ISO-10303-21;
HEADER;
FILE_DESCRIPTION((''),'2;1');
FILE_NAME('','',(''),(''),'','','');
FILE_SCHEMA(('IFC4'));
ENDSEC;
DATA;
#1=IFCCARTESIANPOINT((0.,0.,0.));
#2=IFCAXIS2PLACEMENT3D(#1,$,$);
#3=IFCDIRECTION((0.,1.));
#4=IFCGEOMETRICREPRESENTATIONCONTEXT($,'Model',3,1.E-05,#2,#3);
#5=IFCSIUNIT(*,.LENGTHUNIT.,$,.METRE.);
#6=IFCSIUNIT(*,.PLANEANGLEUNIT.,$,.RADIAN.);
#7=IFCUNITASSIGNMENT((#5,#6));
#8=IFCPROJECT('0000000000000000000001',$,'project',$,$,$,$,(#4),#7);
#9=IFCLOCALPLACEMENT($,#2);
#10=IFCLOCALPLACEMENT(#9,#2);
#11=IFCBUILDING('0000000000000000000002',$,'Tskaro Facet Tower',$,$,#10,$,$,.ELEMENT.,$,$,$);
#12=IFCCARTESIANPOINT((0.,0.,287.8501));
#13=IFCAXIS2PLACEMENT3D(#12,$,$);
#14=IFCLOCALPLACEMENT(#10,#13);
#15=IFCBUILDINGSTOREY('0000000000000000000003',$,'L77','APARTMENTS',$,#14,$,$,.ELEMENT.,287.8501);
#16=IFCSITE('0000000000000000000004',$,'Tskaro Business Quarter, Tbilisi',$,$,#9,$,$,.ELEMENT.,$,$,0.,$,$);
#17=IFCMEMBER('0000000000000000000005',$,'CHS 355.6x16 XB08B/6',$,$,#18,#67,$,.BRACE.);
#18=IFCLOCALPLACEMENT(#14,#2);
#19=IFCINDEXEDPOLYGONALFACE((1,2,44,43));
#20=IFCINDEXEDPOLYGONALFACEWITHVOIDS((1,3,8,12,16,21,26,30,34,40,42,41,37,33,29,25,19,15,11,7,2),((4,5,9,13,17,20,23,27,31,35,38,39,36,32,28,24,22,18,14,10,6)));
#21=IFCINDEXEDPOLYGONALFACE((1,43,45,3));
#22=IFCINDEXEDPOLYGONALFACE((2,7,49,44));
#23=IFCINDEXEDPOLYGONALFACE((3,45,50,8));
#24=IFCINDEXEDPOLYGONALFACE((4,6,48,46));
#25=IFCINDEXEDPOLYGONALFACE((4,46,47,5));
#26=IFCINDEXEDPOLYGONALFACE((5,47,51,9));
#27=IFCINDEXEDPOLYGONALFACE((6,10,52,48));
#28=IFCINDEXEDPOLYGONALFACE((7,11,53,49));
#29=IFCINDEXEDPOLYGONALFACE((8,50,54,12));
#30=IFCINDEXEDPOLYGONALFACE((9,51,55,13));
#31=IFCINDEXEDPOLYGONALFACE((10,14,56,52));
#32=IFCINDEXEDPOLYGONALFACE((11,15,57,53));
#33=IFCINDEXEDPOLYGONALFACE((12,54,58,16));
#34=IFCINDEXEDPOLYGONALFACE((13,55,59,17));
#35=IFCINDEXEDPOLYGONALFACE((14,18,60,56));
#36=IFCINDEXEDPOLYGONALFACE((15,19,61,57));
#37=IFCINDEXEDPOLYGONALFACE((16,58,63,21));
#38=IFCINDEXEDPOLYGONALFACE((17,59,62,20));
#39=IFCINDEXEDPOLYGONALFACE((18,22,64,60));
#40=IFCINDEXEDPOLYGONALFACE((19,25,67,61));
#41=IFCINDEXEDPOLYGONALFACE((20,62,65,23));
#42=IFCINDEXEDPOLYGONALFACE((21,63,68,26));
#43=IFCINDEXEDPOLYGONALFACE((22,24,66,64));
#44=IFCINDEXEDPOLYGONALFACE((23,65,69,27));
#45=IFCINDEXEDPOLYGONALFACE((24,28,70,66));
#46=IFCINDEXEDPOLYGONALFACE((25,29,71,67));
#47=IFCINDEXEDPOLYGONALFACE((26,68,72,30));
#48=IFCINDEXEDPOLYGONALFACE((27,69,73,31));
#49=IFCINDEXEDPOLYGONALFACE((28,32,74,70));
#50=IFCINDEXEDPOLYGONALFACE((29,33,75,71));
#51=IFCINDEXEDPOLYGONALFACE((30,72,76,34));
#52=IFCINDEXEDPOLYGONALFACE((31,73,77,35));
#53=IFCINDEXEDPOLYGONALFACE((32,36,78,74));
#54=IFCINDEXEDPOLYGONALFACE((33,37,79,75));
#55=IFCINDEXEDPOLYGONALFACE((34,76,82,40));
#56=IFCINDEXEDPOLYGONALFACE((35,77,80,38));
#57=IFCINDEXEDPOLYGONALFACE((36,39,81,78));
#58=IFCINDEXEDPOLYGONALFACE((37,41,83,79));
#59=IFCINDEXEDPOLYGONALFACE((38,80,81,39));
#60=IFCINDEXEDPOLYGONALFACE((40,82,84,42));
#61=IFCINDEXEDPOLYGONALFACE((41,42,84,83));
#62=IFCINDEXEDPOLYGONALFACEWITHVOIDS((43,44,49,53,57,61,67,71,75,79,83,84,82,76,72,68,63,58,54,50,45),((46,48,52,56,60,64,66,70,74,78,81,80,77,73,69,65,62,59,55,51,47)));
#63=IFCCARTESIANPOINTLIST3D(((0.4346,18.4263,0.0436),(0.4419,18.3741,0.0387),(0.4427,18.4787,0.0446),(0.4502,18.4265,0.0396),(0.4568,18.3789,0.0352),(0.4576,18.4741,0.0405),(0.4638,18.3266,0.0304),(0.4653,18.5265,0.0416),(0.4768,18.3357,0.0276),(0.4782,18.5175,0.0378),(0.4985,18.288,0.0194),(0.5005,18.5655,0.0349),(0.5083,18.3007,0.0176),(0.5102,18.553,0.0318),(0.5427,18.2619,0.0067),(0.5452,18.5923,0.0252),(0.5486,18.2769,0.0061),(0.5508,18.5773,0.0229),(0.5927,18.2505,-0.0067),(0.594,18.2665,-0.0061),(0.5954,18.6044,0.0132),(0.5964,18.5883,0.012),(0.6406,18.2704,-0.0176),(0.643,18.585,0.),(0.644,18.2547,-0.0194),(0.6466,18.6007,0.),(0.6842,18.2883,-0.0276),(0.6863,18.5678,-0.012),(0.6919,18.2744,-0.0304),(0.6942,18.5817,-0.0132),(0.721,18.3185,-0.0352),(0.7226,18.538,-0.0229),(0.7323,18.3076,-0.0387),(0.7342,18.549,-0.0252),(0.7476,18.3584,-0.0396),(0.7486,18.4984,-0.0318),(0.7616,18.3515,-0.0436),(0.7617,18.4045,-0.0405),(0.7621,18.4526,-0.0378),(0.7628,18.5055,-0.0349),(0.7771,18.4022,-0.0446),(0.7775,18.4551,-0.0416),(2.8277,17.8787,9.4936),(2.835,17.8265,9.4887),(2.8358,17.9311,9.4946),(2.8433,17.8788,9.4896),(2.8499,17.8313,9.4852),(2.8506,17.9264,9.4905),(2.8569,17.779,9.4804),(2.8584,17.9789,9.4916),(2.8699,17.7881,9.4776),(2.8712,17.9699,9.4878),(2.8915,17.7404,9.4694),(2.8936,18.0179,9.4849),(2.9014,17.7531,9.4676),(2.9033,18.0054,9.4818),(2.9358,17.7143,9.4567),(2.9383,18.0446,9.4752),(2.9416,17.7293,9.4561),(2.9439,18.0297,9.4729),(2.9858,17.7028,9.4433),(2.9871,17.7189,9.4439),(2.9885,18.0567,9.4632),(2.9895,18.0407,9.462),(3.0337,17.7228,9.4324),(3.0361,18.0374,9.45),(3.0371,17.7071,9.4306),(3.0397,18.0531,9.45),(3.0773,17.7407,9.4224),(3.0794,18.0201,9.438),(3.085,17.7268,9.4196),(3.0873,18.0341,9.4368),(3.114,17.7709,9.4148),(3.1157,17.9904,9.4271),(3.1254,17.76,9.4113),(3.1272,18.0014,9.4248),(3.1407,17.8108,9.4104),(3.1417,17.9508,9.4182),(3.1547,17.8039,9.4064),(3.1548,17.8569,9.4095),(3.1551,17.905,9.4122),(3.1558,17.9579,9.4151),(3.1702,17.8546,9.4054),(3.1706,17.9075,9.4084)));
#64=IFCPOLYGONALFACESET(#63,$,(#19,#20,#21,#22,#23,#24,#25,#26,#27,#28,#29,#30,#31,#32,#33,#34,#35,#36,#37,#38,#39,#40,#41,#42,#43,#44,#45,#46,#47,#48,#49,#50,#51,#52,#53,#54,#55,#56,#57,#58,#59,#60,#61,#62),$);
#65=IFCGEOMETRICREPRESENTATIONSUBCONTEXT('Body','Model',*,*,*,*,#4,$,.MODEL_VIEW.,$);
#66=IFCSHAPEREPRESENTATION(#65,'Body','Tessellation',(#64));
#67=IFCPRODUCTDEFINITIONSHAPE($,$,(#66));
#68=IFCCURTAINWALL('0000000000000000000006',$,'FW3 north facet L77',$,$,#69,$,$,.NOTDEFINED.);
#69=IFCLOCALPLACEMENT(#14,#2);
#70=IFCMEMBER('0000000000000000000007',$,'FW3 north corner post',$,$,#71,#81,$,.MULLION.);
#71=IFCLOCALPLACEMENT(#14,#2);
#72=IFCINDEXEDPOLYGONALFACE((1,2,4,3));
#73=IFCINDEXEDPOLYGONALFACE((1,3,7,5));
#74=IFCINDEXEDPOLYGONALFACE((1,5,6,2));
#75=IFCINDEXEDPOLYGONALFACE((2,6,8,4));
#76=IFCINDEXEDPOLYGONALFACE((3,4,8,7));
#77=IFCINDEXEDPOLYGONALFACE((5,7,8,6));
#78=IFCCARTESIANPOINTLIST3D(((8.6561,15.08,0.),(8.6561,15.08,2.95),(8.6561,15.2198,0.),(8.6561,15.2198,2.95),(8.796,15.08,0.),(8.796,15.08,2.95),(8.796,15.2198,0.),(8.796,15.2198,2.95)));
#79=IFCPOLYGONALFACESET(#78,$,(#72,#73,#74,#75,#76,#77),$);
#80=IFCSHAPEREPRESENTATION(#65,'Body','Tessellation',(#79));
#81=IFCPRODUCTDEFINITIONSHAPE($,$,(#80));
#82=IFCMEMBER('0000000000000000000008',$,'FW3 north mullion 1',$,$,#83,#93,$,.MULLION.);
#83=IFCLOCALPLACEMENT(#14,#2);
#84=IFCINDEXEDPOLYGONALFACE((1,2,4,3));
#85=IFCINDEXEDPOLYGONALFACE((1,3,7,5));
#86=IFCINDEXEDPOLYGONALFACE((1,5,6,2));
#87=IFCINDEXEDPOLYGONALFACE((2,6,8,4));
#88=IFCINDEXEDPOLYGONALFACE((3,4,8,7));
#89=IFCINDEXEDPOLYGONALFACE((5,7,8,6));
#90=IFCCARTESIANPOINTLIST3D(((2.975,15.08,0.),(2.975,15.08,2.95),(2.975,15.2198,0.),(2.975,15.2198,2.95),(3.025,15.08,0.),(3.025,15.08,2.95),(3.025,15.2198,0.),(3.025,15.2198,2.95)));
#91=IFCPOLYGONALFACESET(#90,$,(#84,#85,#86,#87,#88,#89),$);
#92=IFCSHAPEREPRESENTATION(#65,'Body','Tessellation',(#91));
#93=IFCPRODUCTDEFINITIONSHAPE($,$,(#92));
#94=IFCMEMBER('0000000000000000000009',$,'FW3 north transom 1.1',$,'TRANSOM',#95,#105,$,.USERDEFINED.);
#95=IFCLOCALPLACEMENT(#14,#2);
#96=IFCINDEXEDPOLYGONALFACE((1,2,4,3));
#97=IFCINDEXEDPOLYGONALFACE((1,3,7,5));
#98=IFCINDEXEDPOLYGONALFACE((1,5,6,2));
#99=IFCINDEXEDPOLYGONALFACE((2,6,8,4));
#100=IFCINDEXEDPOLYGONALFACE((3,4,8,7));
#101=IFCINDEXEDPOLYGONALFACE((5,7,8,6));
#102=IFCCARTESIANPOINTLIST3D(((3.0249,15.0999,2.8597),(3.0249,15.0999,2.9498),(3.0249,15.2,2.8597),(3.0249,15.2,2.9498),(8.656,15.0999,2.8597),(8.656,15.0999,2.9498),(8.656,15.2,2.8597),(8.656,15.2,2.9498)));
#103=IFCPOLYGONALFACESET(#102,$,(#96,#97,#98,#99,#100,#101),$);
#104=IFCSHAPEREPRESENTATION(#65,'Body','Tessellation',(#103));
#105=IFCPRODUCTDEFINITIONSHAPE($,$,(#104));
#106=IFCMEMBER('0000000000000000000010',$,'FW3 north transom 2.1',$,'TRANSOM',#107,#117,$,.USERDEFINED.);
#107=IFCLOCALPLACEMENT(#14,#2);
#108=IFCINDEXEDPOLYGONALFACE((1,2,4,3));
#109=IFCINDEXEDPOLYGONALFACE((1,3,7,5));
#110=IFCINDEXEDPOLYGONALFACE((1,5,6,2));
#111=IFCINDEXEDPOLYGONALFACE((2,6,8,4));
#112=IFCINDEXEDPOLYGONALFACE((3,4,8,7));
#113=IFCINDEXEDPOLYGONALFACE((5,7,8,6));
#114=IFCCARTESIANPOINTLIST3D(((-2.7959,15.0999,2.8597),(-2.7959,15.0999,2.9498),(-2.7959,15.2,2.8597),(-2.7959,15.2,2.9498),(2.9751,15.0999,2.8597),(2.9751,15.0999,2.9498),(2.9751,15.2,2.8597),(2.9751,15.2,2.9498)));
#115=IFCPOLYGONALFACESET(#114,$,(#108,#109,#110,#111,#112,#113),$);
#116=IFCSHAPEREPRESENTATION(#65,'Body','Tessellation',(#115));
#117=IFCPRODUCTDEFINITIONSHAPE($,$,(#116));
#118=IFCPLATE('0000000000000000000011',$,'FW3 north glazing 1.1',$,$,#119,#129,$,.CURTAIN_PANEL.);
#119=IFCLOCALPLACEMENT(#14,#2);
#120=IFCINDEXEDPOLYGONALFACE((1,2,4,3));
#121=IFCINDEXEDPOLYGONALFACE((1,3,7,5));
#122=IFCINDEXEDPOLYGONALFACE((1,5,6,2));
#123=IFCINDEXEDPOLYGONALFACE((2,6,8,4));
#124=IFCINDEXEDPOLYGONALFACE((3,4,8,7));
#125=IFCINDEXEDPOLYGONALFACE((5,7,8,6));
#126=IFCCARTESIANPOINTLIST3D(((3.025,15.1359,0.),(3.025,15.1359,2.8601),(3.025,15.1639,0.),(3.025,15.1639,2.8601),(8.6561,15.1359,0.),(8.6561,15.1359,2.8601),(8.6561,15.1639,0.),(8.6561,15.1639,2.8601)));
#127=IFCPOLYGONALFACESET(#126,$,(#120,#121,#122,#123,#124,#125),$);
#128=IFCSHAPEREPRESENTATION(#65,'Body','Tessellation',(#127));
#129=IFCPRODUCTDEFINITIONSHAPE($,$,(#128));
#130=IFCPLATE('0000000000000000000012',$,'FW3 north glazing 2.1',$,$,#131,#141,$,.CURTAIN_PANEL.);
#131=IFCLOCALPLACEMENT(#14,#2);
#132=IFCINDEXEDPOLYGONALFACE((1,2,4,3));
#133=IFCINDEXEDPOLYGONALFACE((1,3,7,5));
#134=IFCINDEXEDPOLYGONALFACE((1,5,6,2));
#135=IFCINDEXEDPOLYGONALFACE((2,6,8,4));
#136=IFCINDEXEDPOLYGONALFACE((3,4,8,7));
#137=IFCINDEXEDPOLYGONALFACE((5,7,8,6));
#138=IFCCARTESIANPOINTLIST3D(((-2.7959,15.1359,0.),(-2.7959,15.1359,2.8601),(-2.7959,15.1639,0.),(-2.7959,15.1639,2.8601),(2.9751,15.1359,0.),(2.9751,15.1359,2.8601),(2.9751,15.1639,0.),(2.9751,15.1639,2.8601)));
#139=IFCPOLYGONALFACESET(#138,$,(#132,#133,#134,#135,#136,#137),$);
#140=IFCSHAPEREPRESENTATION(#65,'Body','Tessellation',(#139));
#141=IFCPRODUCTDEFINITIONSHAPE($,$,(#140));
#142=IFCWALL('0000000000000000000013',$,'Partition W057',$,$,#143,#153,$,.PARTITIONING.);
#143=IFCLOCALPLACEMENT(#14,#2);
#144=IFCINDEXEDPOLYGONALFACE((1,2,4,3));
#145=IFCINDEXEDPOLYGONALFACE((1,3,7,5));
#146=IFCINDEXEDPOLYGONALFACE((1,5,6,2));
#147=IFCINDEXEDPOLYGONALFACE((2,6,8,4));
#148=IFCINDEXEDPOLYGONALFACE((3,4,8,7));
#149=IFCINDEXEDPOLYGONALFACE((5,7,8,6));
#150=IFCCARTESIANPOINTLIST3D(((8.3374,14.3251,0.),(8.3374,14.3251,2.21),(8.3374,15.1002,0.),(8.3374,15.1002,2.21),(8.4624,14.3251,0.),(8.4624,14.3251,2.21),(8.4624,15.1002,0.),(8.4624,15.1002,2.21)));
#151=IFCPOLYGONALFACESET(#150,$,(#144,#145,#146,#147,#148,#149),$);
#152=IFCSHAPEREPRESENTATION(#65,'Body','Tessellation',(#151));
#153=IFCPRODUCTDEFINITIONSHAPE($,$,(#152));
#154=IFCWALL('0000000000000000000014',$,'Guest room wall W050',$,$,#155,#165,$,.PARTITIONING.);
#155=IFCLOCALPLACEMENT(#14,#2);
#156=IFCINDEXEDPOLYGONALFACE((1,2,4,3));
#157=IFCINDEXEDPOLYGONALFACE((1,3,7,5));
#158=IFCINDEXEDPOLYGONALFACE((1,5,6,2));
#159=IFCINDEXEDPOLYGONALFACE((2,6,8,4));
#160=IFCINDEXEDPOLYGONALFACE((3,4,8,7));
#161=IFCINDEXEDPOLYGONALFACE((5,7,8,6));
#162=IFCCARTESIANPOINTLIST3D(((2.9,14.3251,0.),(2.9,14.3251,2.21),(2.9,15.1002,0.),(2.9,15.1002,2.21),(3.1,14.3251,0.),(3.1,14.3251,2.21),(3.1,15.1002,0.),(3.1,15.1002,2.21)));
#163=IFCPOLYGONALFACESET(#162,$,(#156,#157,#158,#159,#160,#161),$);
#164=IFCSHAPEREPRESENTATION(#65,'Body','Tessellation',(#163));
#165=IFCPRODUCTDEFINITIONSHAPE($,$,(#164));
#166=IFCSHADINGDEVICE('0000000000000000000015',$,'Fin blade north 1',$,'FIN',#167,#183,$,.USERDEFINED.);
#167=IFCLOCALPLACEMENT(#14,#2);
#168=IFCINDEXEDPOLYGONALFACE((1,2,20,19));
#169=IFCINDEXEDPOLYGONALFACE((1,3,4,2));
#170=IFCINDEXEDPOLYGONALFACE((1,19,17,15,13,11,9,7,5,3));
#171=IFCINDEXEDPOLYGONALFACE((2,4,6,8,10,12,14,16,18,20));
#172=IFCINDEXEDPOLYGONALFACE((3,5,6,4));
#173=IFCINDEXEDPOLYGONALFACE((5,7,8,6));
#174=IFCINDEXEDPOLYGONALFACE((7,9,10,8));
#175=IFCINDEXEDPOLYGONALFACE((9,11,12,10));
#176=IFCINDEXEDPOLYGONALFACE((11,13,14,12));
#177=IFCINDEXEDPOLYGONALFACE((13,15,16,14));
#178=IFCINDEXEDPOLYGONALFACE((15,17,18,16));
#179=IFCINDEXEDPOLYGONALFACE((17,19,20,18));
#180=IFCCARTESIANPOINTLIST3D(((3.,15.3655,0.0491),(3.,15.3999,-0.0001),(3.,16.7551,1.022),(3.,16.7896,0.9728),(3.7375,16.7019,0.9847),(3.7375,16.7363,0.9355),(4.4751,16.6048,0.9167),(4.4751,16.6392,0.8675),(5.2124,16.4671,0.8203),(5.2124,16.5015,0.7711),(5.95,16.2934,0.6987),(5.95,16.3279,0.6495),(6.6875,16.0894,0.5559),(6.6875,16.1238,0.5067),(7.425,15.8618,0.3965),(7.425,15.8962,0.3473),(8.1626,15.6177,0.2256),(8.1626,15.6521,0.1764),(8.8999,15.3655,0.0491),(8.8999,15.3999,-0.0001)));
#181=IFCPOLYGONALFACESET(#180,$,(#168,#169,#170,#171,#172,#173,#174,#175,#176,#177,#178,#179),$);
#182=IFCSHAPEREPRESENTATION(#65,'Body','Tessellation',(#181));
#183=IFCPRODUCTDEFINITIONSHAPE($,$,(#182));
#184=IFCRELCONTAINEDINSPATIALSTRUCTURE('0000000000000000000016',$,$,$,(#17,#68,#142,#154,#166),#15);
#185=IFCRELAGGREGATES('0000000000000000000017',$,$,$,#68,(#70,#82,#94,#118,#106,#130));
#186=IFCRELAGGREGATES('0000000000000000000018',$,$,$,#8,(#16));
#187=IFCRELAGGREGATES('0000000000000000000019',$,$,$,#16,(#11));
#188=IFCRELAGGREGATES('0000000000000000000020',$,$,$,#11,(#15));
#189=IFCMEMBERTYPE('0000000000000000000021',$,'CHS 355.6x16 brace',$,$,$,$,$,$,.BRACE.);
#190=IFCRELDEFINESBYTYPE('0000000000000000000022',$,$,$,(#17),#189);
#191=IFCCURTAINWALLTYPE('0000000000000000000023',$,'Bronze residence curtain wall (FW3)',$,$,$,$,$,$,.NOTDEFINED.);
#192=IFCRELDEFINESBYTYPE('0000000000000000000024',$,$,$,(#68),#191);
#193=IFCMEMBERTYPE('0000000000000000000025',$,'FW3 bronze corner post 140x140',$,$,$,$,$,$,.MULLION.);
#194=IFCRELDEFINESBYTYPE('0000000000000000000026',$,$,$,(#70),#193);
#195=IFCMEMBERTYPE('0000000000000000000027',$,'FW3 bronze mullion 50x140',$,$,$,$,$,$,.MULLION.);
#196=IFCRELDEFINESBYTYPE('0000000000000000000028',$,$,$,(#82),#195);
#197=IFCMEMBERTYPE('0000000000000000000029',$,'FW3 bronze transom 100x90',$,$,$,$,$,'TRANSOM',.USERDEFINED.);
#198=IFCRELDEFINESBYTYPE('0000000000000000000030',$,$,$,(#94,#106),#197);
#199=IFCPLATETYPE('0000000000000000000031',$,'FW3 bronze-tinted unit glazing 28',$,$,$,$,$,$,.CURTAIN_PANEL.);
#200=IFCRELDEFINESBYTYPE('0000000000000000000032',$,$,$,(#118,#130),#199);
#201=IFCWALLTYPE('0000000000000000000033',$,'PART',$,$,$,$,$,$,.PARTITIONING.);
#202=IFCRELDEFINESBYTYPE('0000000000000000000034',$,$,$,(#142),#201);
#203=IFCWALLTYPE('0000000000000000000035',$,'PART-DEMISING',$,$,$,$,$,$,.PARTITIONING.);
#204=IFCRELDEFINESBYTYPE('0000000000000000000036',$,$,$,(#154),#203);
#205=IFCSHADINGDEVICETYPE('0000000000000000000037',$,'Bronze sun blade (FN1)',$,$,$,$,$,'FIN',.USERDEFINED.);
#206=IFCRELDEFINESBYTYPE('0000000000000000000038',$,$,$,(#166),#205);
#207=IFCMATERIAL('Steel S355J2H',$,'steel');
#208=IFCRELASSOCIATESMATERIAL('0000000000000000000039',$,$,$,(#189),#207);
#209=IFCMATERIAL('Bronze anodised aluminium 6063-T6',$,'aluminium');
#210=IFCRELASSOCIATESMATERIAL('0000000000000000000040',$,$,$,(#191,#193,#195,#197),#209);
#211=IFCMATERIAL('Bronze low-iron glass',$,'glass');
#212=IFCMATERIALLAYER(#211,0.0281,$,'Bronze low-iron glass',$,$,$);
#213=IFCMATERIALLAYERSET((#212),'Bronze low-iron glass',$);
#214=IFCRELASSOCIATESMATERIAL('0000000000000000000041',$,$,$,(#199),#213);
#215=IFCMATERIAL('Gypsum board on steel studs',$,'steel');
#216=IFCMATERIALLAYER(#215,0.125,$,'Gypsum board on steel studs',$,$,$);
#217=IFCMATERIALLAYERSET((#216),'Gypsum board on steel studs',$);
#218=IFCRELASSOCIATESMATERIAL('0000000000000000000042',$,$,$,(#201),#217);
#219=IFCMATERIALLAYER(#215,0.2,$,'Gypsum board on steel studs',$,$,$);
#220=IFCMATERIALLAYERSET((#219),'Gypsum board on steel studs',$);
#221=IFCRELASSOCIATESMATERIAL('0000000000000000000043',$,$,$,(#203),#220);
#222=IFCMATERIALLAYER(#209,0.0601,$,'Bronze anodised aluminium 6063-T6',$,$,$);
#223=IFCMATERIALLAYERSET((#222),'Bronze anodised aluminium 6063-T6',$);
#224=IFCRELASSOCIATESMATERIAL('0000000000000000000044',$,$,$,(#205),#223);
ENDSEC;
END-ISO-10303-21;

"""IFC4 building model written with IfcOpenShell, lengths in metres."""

from ifc_helpers import new_model, si_unit, direction, frame, frame_2d, origin, origin_2d, place, context, subcontext, project, spatial, polyline, rectangle, hollow_circle, outline, extrude, material, layer, layer_set, material_profile, profile_set, type_object, element, aggregate, save


model = new_model("IFC4")

# Units and contexts
model_context = context("Model", 3, precision=1e-05, world=origin(), true_north=direction((0.0, 1.0)))
body_context = subcontext(model_context, "Body", "Model", "MODEL_VIEW")
ifc_project = project(units=[si_unit("LENGTHUNIT", "METRE"), si_unit("PLANEANGLEUNIT", "RADIAN")], contexts=[model_context])

# Site, building, storey
site_placement = place(None, origin())
site = spatial("IfcSite", under=ifc_project, at=site_placement, Name="Tskaro Business Quarter, Tbilisi", CompositionType="ELEMENT", RefElevation=0.0)
building_placement = place(site_placement, origin())
building = spatial("IfcBuilding", under=site, at=building_placement, Name="Tskaro Facet Tower", CompositionType="ELEMENT")
storey_placement = place(building_placement, frame((0.0, 0.0, 287.8501)))
storey = spatial("IfcBuildingStorey", under=building, at=storey_placement, Name="L77", Description="APARTMENTS", CompositionType="ELEMENT", Elevation=287.8501)

# Shared definitions
ifc_material_1 = material(Name="Steel S355J2H", Category="steel")

# Member
ifc_material_profile_1 = material_profile(ifc_material_1, hollow_circle(Radius=0.1777, WallThickness=0.0161, at=origin_2d()), Name="CHS 355.6x16")
ifc_profile_set_1 = profile_set([ifc_material_profile_1], Name="Steel S355J2H")
member_type_1 = type_object("IfcMemberType", Name="CHS 355.6x16 brace", PredefinedType="BRACE", material=ifc_profile_set_1)
member_1_placement = place(storey_placement, frame((0.6069, 18.4275, 0.0), z_axis=(0.2451, -0.056087, 0.967874), x_axis=(0.223065, 0.974804, 0.0)))
element("IfcMember", 1, at=member_1_placement, inside=storey, type_object=member_type_1, Name="CHS 355.6x16 XB08B/6", PredefinedType="BRACE", context=body_context, shape_type="SweptSolid", body=[
    extrude(hollow_circle(Radius=0.1777, WallThickness=0.0161, at=origin_2d()), origin(), (0.0, 0.0, 1.0), 9.7637),
])

# Curtain wall, members, plates
ifc_material_2 = material(Name="Bronze anodised aluminium 6063-T6", Category="aluminium")
curtain_wall_type = type_object("IfcCurtainWallType", Name="Bronze residence curtain wall (FW3)", PredefinedType="NOTDEFINED", material=ifc_material_2)
curtain_wall_placement = place(storey_placement, origin())
curtain_wall = element("IfcCurtainWall", 2, at=curtain_wall_placement, inside=storey, type_object=curtain_wall_type, Name="FW3 north facet L77", PredefinedType="NOTDEFINED")
ifc_material_profile_2 = material_profile(ifc_material_2, rectangle(XDim=0.1399, YDim=0.1399, at=origin_2d()), Name="Corner post 140x140")
ifc_profile_set_2 = profile_set([ifc_material_profile_2], Name="Bronze anodised aluminium 6063-T6")
member_type_2 = type_object("IfcMemberType", Name="FW3 bronze corner post 140x140", PredefinedType="MULLION", material=ifc_profile_set_2)
member_2_placement = place(storey_placement, frame((8.7261, 15.1499, 0.0), z_axis=(0.0, 0.0, 1.0), x_axis=(-1.0, 0.0, 0.0)))
member_2 = element("IfcMember", 3, at=member_2_placement, type_object=member_type_2, Name="FW3 north corner post", PredefinedType="MULLION", context=body_context, shape_type="SweptSolid", body=[
    extrude(rectangle(XDim=0.1399, YDim=0.1399, at=origin_2d()), origin(), (0.0, 0.0, 1.0), 2.95),
])
ifc_material_profile_3 = material_profile(ifc_material_2, rectangle(XDim=0.05, YDim=0.1399, at=origin_2d()), Name="Mullion 50x140")
ifc_profile_set_3 = profile_set([ifc_material_profile_3], Name="Bronze anodised aluminium 6063-T6")
member_type_3 = type_object("IfcMemberType", Name="FW3 bronze mullion 50x140", PredefinedType="MULLION", material=ifc_profile_set_3)
member_3_placement = place(storey_placement, frame((3.0, 15.1499, 0.0), z_axis=(0.0, 0.0, 1.0), x_axis=(-1.0, 0.0, 0.0)))
member_3 = element("IfcMember", 4, at=member_3_placement, type_object=member_type_3, Name="FW3 north mullion 1", PredefinedType="MULLION", context=body_context, shape_type="SweptSolid", body=[
    extrude(rectangle(XDim=0.05, YDim=0.1399, at=origin_2d()), origin(), (0.0, 0.0, 1.0), 2.95),
])
ifc_material_profile_4 = material_profile(ifc_material_2, rectangle(XDim=0.1001, YDim=0.0901, at=origin_2d()), Name="Transom 100x90")
ifc_profile_set_4 = profile_set([ifc_material_profile_4], Name="Bronze anodised aluminium 6063-T6")
member_type_4 = type_object("IfcMemberType", Name="FW3 bronze transom 100x90", ElementType="TRANSOM", PredefinedType="USERDEFINED", material=ifc_profile_set_4)
member_4_placement = place(storey_placement, frame((8.656, 15.1499, 2.9048), z_axis=(-1.0, 0.0, 0.0), x_axis=(0.0, -1.0, 0.0)))
member_4 = element("IfcMember", 5, at=member_4_placement, type_object=member_type_4, Name="FW3 north transom 1.1", ObjectType="TRANSOM", PredefinedType="USERDEFINED", context=body_context, shape_type="SweptSolid", body=[
    extrude(rectangle(XDim=0.1001, YDim=0.0901, at=origin_2d()), origin(), (0.0, 0.0, 1.0), 5.6311),
])
member_5_placement = place(storey_placement, frame((2.9751, 15.1499, 2.9048), z_axis=(-1.0, 0.0, 0.0), x_axis=(0.0, -1.0, 0.0)))
member_5 = element("IfcMember", 6, at=member_5_placement, type_object=member_type_4, Name="FW3 north transom 2.1", ObjectType="TRANSOM", PredefinedType="USERDEFINED", context=body_context, shape_type="SweptSolid", body=[
    extrude(rectangle(XDim=0.1001, YDim=0.0901, at=origin_2d()), origin(), (0.0, 0.0, 1.0), 5.771),
])
ifc_material_3 = material(Name="Bronze low-iron glass", Category="glass")
ifc_layer_1 = layer(ifc_material_3, 0.0281, Name="Bronze low-iron glass")
ifc_layer_set_1 = layer_set([ifc_layer_1], Name="Bronze low-iron glass")
plate_type = type_object("IfcPlateType", Name="FW3 bronze-tinted unit glazing 28", PredefinedType="CURTAIN_PANEL", material=ifc_layer_set_1)
plate_1_placement = place(storey_placement, frame((5.8406, 15.1499, 0.0), z_axis=(0.0, 0.0, 1.0), x_axis=(-1.0, 0.0, 0.0)))
plate_1 = element("IfcPlate", 7, at=plate_1_placement, type_object=plate_type, Name="FW3 north glazing 1.1", PredefinedType="CURTAIN_PANEL", context=body_context, shape_type="SweptSolid", body=[
    extrude(rectangle(XDim=5.6311, YDim=0.0281, at=origin_2d()), origin(), (0.0, 0.0, 1.0), 2.8601),
])
plate_2_placement = place(storey_placement, frame((0.0896, 15.1499, 0.0), z_axis=(0.0, 0.0, 1.0), x_axis=(-1.0, 0.0, 0.0)))
plate_2 = element("IfcPlate", 8, at=plate_2_placement, type_object=plate_type, Name="FW3 north glazing 2.1", PredefinedType="CURTAIN_PANEL", context=body_context, shape_type="SweptSolid", body=[
    extrude(rectangle(XDim=5.771, YDim=0.0281, at=origin_2d()), origin(), (0.0, 0.0, 1.0), 2.8601),
])
aggregate(curtain_wall, [member_2, member_3, member_4, plate_1, member_5, plate_2])

# Walls
ifc_material_4 = material(Name="Gypsum board on steel studs", Category="steel")
ifc_layer_2 = layer(ifc_material_4, 0.125, Name="Gypsum board on steel studs")
ifc_layer_set_2 = layer_set([ifc_layer_2], Name="Gypsum board on steel studs")
wall_type_1 = type_object("IfcWallType", Name="PART", PredefinedType="PARTITIONING", material=ifc_layer_set_2)
wall_1_placement = place(storey_placement, frame((8.3999, 14.325, 0.0), z_axis=(0.0, 0.0, 1.0), x_axis=(0.0, 1.0, 0.0)))
element("IfcWall", 9, at=wall_1_placement, inside=storey, type_object=wall_type_1, Name="Partition W057", PredefinedType="PARTITIONING", context=body_context, shape_type="SweptSolid", body=[
    extrude(rectangle(XDim=0.7751, YDim=0.125, at=frame_2d((0.3877, 0.0))), origin(), (0.0, 0.0, 1.0), 2.21),
])
ifc_layer_3 = layer(ifc_material_4, 0.2, Name="Gypsum board on steel studs")
ifc_layer_set_3 = layer_set([ifc_layer_3], Name="Gypsum board on steel studs")
wall_type_2 = type_object("IfcWallType", Name="PART-DEMISING", PredefinedType="PARTITIONING", material=ifc_layer_set_3)
wall_2_placement = place(storey_placement, frame((3.0, 14.325, 0.0), z_axis=(0.0, 0.0, 1.0), x_axis=(0.0, 1.0, 0.0)))
element("IfcWall", 10, at=wall_2_placement, inside=storey, type_object=wall_type_2, Name="Guest room wall W050", PredefinedType="PARTITIONING", context=body_context, shape_type="SweptSolid", body=[
    extrude(rectangle(XDim=0.7751, YDim=0.2, at=frame_2d((0.3877, 0.0))), origin(), (0.0, 0.0, 1.0), 2.21),
])

# Shading device
ifc_layer_4 = layer(ifc_material_2, 0.0601, Name="Bronze anodised aluminium 6063-T6")
ifc_layer_set_4 = layer_set([ifc_layer_4], Name="Bronze anodised aluminium 6063-T6")
shading_device_type = type_object("IfcShadingDeviceType", Name="Bronze sun blade (FN1)", ElementType="FIN", PredefinedType="USERDEFINED", material=ifc_layer_set_4)
shading_device_1_placement = place(storey_placement, frame((8.8999, 15.3655, 0.0491), z_axis=(0.000003, -0.573512, 0.819197), x_axis=(-1.0, -0.000002, 0.000003)))
element("IfcShadingDevice", 11, at=shading_device_1_placement, inside=storey, type_object=shading_device_type, Name="Fin blade north 1", ObjectType="FIN", PredefinedType="USERDEFINED", context=body_context, shape_type="SweptSolid", body=[
    extrude(outline(polyline([(0.0, 0.0), (5.8999, 0.0), (5.8999, -1.6964), (5.1624, -1.6313), (4.4248, -1.5128), (3.6875, -1.3447), (2.95, -1.1328), (2.2124, -0.8837), (1.4749, -0.6058), (0.7373, -0.3078), (0.0, 0.0)])), origin(), (0.0, 0.0, -1.0), 0.0601),
])

save(model, "model.ifc")
